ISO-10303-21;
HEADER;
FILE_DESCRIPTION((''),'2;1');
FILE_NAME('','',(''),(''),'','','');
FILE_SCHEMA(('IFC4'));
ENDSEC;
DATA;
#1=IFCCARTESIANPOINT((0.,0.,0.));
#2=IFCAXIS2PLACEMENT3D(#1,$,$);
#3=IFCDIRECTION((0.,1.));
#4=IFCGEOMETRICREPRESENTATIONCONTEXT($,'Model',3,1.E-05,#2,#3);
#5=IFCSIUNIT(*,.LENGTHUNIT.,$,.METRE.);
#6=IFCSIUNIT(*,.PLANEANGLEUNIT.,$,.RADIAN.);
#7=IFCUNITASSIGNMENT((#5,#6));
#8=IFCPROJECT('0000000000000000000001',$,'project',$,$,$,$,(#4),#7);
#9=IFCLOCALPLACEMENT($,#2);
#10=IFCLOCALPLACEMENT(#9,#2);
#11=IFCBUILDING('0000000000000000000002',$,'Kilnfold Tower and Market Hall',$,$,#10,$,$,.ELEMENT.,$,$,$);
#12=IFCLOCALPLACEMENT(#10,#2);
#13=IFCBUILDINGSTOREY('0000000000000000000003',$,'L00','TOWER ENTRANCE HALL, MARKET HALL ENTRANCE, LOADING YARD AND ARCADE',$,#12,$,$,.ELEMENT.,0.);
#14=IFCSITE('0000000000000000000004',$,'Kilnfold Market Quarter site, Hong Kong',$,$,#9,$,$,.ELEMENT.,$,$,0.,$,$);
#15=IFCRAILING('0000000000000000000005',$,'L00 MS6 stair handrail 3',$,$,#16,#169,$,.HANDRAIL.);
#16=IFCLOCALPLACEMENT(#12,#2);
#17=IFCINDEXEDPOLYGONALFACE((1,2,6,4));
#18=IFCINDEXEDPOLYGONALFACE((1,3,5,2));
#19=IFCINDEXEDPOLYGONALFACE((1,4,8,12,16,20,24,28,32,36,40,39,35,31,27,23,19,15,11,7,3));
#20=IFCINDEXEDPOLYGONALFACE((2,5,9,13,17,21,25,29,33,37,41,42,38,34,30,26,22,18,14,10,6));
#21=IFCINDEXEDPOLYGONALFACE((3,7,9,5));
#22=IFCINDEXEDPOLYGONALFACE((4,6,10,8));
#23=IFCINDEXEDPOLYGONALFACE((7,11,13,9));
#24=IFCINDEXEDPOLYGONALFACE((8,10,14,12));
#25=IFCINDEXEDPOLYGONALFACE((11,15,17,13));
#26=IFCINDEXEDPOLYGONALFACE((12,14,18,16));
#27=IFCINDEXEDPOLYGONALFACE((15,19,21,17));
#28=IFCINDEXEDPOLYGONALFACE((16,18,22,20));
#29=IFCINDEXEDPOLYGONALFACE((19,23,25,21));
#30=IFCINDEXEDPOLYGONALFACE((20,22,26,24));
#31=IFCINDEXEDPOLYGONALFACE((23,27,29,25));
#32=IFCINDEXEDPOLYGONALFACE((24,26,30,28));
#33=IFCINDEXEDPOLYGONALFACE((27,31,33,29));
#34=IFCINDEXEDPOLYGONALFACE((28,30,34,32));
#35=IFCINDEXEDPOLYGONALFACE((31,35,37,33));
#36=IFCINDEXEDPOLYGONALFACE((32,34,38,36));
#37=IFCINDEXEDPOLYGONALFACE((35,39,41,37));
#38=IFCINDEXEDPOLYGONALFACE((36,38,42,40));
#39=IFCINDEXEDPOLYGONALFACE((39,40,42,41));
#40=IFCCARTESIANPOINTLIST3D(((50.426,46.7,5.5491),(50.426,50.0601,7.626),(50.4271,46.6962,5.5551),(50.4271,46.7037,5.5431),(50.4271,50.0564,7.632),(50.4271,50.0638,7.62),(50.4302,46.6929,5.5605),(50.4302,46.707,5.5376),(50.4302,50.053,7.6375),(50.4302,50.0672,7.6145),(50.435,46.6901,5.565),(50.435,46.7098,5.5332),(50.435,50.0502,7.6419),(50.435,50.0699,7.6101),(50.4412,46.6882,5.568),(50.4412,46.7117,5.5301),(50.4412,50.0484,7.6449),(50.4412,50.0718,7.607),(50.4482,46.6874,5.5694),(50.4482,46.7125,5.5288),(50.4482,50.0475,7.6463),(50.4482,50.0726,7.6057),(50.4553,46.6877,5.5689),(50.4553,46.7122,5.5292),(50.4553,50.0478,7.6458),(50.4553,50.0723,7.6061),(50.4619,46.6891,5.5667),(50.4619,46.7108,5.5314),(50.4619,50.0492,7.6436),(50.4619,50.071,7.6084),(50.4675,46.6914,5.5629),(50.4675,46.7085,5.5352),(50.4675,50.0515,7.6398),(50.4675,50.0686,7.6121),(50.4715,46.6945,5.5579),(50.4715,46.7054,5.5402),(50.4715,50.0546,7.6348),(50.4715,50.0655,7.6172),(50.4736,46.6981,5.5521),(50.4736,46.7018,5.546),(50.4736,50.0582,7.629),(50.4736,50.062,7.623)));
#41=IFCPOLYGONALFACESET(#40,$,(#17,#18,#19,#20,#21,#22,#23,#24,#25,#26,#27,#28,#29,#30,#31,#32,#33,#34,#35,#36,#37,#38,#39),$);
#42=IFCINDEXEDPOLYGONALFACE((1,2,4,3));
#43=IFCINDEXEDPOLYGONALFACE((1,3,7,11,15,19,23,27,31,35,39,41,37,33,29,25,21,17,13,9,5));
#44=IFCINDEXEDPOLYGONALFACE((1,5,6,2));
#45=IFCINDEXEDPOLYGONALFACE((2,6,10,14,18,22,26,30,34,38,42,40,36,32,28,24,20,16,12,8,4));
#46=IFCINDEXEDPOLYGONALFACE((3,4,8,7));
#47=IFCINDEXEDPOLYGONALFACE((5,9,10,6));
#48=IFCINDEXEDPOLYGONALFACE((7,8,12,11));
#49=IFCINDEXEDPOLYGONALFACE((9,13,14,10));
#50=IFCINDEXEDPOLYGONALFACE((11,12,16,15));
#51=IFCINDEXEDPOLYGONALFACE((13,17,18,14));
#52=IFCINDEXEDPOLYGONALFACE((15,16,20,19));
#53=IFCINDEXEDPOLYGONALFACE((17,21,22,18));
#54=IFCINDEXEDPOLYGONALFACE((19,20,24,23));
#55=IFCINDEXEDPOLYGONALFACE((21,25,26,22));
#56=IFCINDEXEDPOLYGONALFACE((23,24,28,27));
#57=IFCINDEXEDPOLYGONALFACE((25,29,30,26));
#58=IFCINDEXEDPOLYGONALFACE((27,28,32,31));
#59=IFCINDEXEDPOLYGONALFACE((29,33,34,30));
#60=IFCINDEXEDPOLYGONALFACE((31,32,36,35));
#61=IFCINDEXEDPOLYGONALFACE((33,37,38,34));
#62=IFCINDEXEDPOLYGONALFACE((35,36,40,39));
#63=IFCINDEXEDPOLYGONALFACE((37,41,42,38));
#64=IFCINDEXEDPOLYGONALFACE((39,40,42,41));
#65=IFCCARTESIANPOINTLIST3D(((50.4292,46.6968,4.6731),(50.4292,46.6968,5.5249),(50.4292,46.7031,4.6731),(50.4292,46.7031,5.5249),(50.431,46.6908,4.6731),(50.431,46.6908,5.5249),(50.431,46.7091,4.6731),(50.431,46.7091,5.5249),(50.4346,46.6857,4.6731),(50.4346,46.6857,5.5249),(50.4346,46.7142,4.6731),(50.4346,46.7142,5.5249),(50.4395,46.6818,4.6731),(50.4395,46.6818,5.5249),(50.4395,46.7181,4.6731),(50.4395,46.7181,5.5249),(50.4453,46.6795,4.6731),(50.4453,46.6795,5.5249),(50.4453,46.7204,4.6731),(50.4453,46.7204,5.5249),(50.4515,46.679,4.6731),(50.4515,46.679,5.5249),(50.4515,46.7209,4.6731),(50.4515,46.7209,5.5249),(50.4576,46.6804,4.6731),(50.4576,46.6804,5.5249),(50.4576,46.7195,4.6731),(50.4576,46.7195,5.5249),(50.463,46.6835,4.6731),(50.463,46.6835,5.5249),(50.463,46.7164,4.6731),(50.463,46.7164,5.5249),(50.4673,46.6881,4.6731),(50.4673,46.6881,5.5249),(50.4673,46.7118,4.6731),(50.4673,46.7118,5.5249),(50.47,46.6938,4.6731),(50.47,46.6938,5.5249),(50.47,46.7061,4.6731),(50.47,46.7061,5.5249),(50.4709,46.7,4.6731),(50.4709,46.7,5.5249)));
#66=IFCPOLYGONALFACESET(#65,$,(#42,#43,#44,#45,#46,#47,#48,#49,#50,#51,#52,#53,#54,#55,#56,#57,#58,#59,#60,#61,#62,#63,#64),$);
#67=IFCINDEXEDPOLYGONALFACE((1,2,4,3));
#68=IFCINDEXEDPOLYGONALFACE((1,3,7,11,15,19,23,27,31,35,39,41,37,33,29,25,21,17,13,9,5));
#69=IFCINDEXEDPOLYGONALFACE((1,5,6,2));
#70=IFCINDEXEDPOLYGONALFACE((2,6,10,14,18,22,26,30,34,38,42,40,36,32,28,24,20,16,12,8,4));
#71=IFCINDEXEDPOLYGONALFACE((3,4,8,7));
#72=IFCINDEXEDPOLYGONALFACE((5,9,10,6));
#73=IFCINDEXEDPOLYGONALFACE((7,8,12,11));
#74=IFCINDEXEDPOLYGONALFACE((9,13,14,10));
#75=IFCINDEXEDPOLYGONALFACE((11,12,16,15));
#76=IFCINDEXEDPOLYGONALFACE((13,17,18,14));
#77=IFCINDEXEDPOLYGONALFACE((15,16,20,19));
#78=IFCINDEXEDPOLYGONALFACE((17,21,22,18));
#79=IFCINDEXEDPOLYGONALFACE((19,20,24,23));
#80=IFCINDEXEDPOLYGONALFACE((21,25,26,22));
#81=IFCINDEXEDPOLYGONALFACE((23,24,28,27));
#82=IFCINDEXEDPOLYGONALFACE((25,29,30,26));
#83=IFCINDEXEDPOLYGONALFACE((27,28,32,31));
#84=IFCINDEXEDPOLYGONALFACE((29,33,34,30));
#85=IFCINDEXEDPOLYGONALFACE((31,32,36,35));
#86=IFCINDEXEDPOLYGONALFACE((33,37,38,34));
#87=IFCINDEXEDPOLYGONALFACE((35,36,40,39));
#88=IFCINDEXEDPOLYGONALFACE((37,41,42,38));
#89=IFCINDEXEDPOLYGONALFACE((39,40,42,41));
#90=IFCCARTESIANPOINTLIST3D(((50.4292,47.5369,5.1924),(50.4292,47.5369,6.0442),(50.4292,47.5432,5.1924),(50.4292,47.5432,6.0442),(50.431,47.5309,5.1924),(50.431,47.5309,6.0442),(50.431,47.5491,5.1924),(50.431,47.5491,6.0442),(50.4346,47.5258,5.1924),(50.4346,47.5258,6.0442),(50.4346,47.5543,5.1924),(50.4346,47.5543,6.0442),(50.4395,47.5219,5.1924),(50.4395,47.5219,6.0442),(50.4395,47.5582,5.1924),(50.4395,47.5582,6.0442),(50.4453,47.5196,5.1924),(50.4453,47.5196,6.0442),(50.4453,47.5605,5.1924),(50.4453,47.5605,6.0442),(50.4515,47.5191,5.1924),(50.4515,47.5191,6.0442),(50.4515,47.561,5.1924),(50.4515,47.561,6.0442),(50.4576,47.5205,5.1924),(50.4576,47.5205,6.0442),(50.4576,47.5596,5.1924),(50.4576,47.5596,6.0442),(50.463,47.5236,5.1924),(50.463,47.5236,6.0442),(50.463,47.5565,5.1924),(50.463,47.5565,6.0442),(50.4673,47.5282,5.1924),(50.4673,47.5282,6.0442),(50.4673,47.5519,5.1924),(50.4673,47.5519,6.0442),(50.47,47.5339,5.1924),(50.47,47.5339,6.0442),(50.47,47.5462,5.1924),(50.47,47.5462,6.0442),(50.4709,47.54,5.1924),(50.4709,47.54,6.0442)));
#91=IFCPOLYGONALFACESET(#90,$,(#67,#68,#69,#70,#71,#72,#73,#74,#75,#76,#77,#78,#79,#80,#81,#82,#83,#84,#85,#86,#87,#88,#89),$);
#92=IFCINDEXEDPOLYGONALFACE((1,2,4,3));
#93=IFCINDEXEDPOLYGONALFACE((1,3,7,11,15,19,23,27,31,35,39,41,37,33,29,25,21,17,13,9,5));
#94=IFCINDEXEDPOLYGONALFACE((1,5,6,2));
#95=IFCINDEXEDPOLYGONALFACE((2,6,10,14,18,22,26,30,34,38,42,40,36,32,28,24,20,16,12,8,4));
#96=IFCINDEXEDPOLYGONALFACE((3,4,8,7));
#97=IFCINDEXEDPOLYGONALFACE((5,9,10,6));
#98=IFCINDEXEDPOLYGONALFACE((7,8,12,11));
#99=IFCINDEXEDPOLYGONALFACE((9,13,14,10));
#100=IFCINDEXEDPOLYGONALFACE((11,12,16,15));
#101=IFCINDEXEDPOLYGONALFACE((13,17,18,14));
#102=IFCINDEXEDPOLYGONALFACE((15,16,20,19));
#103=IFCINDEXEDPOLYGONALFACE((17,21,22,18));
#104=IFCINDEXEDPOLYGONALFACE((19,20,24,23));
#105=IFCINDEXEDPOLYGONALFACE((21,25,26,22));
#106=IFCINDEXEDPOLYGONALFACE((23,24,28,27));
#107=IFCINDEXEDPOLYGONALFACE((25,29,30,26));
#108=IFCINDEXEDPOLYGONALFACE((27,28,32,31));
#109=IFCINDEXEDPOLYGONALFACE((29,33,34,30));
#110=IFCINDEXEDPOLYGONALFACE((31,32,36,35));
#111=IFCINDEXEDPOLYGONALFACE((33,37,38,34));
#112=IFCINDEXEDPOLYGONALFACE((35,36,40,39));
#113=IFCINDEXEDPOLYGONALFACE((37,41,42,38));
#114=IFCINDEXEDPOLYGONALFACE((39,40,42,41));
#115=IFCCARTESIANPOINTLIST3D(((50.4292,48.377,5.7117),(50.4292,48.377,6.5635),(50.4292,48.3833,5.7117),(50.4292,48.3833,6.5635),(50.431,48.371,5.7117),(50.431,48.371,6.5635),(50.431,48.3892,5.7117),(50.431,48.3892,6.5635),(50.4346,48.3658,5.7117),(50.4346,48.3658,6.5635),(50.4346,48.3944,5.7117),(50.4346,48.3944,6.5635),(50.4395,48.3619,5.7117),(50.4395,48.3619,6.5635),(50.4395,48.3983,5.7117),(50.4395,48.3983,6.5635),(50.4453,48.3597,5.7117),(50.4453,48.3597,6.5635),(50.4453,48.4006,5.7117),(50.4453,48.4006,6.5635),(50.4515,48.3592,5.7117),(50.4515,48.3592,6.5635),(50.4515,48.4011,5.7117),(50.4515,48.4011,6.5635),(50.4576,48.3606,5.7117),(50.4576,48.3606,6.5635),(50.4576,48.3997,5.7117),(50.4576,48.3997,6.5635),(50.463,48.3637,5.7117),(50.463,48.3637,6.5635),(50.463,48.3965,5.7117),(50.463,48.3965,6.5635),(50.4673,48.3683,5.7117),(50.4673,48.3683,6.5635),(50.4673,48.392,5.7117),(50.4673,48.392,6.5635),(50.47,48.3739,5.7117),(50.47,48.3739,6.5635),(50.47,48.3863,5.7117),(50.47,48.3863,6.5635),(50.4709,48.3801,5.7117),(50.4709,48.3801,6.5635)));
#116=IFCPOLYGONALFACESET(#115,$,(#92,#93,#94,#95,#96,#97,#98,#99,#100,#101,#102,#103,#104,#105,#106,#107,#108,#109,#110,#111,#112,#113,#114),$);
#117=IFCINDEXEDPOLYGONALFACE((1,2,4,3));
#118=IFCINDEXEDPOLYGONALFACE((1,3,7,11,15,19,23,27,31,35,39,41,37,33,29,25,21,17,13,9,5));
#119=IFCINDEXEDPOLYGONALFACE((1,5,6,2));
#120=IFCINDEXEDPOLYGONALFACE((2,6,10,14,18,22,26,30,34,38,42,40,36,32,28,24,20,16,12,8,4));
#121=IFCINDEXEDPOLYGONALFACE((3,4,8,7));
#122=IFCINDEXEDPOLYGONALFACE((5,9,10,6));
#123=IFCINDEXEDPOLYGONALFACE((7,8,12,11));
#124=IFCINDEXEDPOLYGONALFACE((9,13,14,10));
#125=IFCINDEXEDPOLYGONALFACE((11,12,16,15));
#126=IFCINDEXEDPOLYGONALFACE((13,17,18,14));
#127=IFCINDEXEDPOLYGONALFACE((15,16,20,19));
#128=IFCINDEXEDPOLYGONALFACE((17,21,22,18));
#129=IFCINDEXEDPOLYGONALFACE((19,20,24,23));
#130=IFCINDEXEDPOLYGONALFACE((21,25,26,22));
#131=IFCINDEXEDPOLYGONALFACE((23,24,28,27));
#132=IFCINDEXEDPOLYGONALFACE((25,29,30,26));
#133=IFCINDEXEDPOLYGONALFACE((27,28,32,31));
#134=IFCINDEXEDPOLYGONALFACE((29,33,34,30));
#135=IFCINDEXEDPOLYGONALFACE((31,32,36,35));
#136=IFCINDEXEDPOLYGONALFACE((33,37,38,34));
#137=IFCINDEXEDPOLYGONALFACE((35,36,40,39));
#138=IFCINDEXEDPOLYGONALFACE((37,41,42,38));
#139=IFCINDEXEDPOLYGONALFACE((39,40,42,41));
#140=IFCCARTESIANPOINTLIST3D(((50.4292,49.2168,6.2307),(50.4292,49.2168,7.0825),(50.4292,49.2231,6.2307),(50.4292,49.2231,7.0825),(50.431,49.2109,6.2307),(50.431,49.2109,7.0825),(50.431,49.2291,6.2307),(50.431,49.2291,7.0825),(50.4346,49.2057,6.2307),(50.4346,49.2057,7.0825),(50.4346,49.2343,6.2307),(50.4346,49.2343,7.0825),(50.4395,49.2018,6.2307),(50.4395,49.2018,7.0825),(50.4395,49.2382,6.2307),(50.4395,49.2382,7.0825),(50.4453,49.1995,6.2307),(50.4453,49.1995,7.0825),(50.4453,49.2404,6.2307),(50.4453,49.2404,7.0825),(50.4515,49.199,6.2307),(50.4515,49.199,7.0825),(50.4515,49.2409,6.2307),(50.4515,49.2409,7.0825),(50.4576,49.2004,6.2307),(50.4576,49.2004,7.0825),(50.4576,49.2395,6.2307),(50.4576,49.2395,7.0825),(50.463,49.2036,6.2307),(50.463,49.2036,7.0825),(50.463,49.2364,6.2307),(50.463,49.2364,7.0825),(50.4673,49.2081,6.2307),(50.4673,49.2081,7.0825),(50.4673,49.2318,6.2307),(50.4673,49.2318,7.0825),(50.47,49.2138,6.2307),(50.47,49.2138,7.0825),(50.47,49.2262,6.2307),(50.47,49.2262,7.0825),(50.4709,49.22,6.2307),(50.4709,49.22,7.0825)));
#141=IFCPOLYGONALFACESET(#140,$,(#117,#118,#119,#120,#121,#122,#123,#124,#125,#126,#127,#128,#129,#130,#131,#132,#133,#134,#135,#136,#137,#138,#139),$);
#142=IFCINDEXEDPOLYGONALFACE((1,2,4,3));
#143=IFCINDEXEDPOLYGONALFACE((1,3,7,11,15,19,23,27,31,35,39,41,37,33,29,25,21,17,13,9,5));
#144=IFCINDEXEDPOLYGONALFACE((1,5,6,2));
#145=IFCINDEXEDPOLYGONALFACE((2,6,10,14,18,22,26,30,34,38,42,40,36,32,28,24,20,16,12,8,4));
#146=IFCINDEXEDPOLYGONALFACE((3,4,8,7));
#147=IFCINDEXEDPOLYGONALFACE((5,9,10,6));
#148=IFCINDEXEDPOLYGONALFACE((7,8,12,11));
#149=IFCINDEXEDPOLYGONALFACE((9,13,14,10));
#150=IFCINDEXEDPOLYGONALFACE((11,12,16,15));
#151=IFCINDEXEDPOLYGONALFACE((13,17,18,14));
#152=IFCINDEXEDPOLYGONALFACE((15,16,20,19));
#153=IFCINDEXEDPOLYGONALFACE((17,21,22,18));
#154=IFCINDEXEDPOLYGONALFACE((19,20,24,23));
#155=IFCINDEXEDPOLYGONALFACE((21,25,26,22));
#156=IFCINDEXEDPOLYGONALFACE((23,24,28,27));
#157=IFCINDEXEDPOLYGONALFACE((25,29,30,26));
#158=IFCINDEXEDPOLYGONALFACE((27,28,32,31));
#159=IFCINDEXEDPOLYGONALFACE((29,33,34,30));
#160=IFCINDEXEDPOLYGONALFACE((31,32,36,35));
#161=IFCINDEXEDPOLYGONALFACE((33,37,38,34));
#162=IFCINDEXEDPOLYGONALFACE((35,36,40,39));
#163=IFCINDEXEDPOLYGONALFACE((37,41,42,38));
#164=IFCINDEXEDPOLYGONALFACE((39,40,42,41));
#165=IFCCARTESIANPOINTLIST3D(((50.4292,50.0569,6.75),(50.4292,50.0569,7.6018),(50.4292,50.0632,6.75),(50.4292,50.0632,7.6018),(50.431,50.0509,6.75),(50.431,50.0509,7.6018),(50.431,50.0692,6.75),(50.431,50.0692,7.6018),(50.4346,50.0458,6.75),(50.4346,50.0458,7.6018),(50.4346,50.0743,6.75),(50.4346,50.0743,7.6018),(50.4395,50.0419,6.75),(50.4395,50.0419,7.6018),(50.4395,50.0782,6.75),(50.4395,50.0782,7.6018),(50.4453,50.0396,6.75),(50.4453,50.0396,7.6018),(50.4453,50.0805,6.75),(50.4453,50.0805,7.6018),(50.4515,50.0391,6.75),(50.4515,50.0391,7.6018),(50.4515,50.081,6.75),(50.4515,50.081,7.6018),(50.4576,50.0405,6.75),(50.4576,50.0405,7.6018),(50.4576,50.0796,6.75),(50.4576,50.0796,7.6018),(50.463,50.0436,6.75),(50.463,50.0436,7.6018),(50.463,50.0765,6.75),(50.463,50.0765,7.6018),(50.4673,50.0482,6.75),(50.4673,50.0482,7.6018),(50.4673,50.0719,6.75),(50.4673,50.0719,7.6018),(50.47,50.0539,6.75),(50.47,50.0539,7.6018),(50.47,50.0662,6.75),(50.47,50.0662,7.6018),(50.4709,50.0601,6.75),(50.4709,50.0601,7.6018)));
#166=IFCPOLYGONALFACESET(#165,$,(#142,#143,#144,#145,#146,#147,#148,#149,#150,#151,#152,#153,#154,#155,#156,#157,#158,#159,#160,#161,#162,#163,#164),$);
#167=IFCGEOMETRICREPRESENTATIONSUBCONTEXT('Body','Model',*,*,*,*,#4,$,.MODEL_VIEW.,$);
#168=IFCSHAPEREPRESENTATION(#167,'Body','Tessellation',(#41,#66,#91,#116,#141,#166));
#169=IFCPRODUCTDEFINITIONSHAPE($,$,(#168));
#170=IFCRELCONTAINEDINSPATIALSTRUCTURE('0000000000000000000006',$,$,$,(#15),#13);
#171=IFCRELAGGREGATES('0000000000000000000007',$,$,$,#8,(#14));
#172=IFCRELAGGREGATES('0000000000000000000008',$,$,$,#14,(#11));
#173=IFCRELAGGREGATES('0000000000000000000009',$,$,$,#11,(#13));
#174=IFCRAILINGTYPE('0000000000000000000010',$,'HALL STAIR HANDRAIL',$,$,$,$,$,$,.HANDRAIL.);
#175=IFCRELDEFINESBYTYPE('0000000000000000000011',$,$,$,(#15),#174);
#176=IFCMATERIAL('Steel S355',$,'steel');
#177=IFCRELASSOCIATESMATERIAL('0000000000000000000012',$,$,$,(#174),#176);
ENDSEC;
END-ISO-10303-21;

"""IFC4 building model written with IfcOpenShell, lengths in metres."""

from ifc_helpers import new_model, si_unit, direction, frame, origin, origin_2d, place, context, subcontext, project, spatial, circle, extrude, material, type_object, element, save


model = new_model("IFC4")

# Units and contexts
model_context = context("Model", 3, precision=1e-05, world=origin(), true_north=direction((0.0, 1.0)))
body_context = subcontext(model_context, "Body", "Model", "MODEL_VIEW")
ifc_project = project(units=[si_unit("LENGTHUNIT", "METRE"), si_unit("PLANEANGLEUNIT", "RADIAN")], contexts=[model_context])

# Site, building, storey
site_placement = place(None, origin())
site = spatial("IfcSite", under=ifc_project, at=site_placement, Name="Kilnfold Market Quarter site, Hong Kong", CompositionType="ELEMENT", RefElevation=0.0)
building_placement = place(site_placement, origin())
building = spatial("IfcBuilding", under=site, at=building_placement, Name="Kilnfold Tower and Market Hall", CompositionType="ELEMENT")
storey_placement = place(building_placement, origin())
storey = spatial("IfcBuildingStorey", under=building, at=storey_placement, Name="L00", Description="TOWER ENTRANCE HALL, MARKET HALL ENTRANCE, LOADING YARD AND ARCADE", CompositionType="ELEMENT", Elevation=0.0)

# Railing
ifc_material_1 = material(Name="Steel S355", Category="steel")
railing_type_1 = type_object("IfcRailingType", Name="HALL STAIR HANDRAIL", PredefinedType="HANDRAIL", material=ifc_material_1)
railing_1_placement = place(storey_placement, frame((50.45, 46.7, 4.6731)))
element("IfcRailing", 1, at=railing_1_placement, inside=storey, type_object=railing_type_1, Name="L00 MS6 stair handrail 3", PredefinedType="HANDRAIL", context=body_context, shape_type="SweptSolid", body=[
    extrude(circle(Radius=0.0239, at=origin_2d()), frame((0.0, 0.0, 0.876), z_axis=(0.0, 0.850623, 0.525776), x_axis=(-1.0, 0.0, 0.0)), (0.0, 0.0, 1.0), 3.9502),
    extrude(circle(Radius=0.021, at=origin_2d()), origin(), (0.0, 0.0, 1.0), 0.8518),
    extrude(circle(Radius=0.021, at=origin_2d()), frame((0.0, 0.8401, 0.5193)), (0.0, 0.0, 1.0), 0.8518),
    extrude(circle(Radius=0.021, at=origin_2d()), frame((0.0, 1.6802, 1.0386)), (0.0, 0.0, 1.0), 0.8518),
    extrude(circle(Radius=0.021, at=origin_2d()), frame((0.0, 2.52, 1.5576)), (0.0, 0.0, 1.0), 0.8518),
    extrude(circle(Radius=0.021, at=origin_2d()), frame((0.0, 3.3601, 2.0769)), (0.0, 0.0, 1.0), 0.8518),
])

save(model, "model.ifc")
